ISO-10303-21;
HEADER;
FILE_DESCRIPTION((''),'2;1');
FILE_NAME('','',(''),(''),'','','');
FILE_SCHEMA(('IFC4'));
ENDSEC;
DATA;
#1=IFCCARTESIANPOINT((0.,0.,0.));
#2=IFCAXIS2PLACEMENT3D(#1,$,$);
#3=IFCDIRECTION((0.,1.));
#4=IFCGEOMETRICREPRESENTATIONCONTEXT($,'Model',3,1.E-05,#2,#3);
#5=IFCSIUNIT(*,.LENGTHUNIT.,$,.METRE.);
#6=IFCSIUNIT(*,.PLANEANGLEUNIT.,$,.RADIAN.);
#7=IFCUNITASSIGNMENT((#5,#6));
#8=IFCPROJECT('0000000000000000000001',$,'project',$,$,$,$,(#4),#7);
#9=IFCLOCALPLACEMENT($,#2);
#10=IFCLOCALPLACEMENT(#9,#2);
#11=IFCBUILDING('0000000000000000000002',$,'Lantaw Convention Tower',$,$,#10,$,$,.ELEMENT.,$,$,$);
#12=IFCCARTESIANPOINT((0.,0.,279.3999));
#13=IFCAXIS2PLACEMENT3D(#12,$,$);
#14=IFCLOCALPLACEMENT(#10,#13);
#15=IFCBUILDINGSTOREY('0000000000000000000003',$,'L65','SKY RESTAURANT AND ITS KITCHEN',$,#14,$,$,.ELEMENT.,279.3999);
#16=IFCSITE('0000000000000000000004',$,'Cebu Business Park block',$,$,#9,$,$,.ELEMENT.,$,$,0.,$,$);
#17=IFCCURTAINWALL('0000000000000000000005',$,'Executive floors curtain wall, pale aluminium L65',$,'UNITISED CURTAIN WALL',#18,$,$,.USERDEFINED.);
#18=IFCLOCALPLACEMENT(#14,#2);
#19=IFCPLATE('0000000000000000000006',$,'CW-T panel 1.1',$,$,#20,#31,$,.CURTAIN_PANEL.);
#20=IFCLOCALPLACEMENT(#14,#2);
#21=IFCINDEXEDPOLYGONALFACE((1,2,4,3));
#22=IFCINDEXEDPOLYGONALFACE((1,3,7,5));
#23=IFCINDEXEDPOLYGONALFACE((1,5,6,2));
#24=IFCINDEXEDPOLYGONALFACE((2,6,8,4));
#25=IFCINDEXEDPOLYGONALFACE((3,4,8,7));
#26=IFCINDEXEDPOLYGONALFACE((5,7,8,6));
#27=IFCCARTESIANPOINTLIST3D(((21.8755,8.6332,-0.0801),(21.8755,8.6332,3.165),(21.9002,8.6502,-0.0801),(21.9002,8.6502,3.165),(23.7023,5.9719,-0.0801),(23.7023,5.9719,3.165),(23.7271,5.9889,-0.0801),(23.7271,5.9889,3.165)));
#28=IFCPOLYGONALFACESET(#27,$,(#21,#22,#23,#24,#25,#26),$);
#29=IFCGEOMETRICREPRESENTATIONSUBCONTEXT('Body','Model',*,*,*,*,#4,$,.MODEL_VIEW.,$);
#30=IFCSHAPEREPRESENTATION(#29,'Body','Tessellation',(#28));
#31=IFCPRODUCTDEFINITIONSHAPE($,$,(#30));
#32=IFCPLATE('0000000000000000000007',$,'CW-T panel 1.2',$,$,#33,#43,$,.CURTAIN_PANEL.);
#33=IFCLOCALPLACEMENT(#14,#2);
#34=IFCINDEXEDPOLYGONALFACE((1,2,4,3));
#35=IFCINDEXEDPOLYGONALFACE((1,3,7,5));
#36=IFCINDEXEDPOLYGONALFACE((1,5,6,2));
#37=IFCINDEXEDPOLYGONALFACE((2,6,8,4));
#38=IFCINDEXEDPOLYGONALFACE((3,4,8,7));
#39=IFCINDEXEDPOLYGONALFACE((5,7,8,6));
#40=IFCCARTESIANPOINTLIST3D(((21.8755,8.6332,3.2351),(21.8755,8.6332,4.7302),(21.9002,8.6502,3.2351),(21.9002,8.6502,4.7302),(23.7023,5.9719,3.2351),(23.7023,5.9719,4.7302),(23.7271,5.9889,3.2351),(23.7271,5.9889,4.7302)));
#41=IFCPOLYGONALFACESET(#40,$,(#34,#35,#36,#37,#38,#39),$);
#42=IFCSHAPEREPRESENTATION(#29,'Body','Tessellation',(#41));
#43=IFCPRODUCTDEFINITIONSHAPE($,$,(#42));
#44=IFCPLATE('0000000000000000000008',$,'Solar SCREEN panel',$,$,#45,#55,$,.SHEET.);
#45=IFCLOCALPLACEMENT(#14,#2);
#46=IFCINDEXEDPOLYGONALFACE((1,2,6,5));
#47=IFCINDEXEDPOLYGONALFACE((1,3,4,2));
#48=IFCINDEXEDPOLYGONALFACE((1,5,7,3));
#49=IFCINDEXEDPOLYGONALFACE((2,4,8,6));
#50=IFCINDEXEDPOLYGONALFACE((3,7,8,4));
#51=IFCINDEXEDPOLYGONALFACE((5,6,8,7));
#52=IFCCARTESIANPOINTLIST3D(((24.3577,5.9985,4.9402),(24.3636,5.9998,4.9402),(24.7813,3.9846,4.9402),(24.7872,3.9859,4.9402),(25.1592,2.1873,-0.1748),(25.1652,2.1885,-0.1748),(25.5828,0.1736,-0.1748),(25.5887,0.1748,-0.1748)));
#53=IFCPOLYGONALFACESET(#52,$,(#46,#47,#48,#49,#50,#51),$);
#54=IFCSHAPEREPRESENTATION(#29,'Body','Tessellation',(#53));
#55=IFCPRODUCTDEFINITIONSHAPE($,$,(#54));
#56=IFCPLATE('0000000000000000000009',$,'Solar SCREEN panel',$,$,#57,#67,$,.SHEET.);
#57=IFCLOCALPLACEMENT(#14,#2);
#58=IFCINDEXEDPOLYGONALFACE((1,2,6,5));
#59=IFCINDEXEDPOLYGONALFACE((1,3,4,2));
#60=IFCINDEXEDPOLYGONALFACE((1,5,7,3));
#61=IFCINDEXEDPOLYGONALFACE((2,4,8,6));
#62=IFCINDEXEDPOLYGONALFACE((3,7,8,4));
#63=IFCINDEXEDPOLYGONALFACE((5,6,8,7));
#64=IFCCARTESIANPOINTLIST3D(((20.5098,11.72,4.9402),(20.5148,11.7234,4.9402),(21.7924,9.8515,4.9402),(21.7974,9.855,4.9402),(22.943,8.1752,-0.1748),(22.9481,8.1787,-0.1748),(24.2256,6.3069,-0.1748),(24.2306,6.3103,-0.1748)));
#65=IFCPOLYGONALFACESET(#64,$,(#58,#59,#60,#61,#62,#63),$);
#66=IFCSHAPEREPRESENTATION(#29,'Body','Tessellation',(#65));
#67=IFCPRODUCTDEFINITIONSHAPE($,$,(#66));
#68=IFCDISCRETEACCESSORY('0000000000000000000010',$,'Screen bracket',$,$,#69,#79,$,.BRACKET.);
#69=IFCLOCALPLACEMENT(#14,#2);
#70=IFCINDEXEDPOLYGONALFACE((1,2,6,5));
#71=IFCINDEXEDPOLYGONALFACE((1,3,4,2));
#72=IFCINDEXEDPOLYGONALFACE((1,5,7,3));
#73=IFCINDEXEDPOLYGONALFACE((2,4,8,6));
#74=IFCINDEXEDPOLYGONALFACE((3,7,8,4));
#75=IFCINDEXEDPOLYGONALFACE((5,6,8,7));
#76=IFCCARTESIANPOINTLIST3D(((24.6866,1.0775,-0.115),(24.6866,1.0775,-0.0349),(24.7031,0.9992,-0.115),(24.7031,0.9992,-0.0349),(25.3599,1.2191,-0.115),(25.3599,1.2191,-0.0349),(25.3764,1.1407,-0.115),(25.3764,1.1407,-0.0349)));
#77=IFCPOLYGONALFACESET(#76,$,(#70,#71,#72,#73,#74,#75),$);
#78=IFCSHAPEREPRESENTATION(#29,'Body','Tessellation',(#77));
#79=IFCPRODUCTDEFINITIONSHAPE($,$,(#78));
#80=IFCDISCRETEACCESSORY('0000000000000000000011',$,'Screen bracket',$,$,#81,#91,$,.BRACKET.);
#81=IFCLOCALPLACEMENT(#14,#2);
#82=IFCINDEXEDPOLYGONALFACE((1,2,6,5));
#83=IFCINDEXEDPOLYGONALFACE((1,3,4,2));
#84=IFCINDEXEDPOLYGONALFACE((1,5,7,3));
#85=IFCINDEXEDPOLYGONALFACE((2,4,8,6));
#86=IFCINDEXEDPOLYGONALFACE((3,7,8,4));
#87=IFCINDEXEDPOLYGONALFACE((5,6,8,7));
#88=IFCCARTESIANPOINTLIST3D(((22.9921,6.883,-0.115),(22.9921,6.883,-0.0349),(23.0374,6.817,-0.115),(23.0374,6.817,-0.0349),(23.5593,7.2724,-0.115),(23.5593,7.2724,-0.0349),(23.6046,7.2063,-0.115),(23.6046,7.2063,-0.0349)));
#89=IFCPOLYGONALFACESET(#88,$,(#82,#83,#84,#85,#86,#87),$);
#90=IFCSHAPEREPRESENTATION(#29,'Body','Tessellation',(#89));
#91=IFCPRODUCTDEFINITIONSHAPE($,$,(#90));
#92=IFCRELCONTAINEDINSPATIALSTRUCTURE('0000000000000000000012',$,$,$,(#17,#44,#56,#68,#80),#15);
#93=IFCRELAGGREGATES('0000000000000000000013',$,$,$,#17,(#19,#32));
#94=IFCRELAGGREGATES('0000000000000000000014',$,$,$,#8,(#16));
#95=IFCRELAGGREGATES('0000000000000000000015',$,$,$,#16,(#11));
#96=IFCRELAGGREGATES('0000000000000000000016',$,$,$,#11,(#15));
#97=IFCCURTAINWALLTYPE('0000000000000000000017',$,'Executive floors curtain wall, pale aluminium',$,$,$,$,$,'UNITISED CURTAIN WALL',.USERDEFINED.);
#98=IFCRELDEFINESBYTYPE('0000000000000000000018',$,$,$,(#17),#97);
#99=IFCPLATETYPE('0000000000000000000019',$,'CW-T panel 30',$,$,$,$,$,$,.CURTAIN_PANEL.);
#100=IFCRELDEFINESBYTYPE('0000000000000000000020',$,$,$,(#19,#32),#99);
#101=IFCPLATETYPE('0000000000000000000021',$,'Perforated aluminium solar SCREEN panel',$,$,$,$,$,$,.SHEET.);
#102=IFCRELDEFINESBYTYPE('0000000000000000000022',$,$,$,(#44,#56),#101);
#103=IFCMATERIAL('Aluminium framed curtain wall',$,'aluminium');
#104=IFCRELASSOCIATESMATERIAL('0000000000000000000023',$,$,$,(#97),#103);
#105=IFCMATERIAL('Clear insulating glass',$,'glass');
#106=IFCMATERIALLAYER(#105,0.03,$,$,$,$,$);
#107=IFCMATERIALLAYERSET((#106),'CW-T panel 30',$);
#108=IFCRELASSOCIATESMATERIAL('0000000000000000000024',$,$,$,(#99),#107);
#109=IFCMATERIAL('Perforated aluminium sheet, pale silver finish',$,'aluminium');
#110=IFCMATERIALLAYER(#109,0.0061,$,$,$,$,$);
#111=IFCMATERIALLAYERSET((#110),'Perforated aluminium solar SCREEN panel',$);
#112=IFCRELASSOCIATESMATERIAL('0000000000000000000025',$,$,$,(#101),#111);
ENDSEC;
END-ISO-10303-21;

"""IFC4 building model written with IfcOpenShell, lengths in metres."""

from ifc_helpers import new_model, si_unit, direction, frame, origin, origin_2d, place, context, subcontext, project, spatial, polyline, rectangle, outline, extrude, material, layer, layer_set, type_object, element, aggregate, save


model = new_model("IFC4")

# Units and contexts
model_context = context("Model", 3, precision=1e-05, world=origin(), true_north=direction((0.0, 1.0)))
body_context = subcontext(model_context, "Body", "Model", "MODEL_VIEW")
ifc_project = project(units=[si_unit("LENGTHUNIT", "METRE"), si_unit("PLANEANGLEUNIT", "RADIAN")], contexts=[model_context])

# Site, building, storey
site_placement = place(None, origin())
site = spatial("IfcSite", under=ifc_project, at=site_placement, Name="Cebu Business Park block", CompositionType="ELEMENT", RefElevation=0.0)
building_placement = place(site_placement, origin())
building = spatial("IfcBuilding", under=site, at=building_placement, Name="Lantaw Convention Tower", CompositionType="ELEMENT")
storey_placement = place(building_placement, frame((0.0, 0.0, 279.3999)))
storey = spatial("IfcBuildingStorey", under=building, at=storey_placement, Name="L65", Description="SKY RESTAURANT AND ITS KITCHEN", CompositionType="ELEMENT", Elevation=279.3999)

# Shared definitions
ifc_material_1 = material(Name="Aluminium framed curtain wall", Category="aluminium")
curtain_wall_type = type_object("IfcCurtainWallType", Name="Executive floors curtain wall, pale aluminium", ElementType="UNITISED CURTAIN WALL", PredefinedType="USERDEFINED", material=ifc_material_1)

# Curtain wall
curtain_wall_1_placement = place(storey_placement, origin())
curtain_wall_1 = element("IfcCurtainWall", 1, at=curtain_wall_1_placement, inside=storey, type_object=curtain_wall_type, Name="Executive floors curtain wall, pale aluminium L65", ObjectType="UNITISED CURTAIN WALL", PredefinedType="USERDEFINED")

# Plates
ifc_material_2 = material(Name="Clear insulating glass", Category="glass")
ifc_layer_1 = layer(ifc_material_2, 0.03)
ifc_layer_set_1 = layer_set([ifc_layer_1], Name="CW-T panel 30")
plate_type_1 = type_object("IfcPlateType", Name="CW-T panel 30", PredefinedType="CURTAIN_PANEL", material=ifc_layer_set_1)
plate_1_placement = place(storey_placement, frame((22.8013, 7.311, -0.0801), z_axis=(0.0, 0.0, 1.0), x_axis=(-0.565935, 0.82445, 0.0)))
plate_1 = element("IfcPlate", 2, at=plate_1_placement, type_object=plate_type_1, Name="CW-T panel 1.1", PredefinedType="CURTAIN_PANEL", context=body_context, shape_type="SweptSolid", body=[
    extrude(rectangle(XDim=3.228, YDim=0.03, at=origin_2d()), origin(), (0.0, 0.0, 1.0), 3.2451),
])
plate_2_placement = place(storey_placement, frame((22.8013, 7.311, 3.2351), z_axis=(0.0, 0.0, 1.0), x_axis=(-0.565935, 0.82445, 0.0)))
plate_2 = element("IfcPlate", 3, at=plate_2_placement, type_object=plate_type_1, Name="CW-T panel 1.2", PredefinedType="CURTAIN_PANEL", context=body_context, shape_type="SweptSolid", body=[
    extrude(rectangle(XDim=3.228, YDim=0.03, at=origin_2d()), origin(), (0.0, 0.0, 1.0), 1.4951),
])
aggregate(curtain_wall_1, [plate_1, plate_2])

# Plates
ifc_material_3 = material(Name="Perforated aluminium sheet, pale silver finish", Category="aluminium")
ifc_layer_2 = layer(ifc_material_3, 0.0061)
ifc_layer_set_2 = layer_set([ifc_layer_2], Name="Perforated aluminium solar SCREEN panel")
plate_type_2 = type_object("IfcPlateType", Name="Perforated aluminium solar SCREEN panel", PredefinedType="SHEET", material=ifc_layer_set_2)
plate_3_placement = place(storey_placement, frame((25.5828, 0.1736, -0.1748), z_axis=(-0.978586, -0.205837, 0.000025), x_axis=(-0.205837, 0.978586, 0.0)))
element("IfcPlate", 4, at=plate_3_placement, inside=storey, type_object=plate_type_2, Name="Solar SCREEN panel", PredefinedType="SHEET", context=body_context, shape_type="SweptSolid", body=[
    extrude(outline(polyline([(0.0, 0.0), (2.0577, 0.0), (5.9524, -5.115), (3.8944, -5.115), (0.0, 0.0)])), origin(), (0.0, 0.0, -1.0), 0.0061),
])
plate_4_placement = place(storey_placement, frame((24.2256, 6.3069, -0.1748), z_axis=(-0.824441, -0.565948, 0.00001), x_axis=(-0.565948, 0.824441, 0.0)))
element("IfcPlate", 5, at=plate_4_placement, inside=storey, type_object=plate_type_2, Name="Solar SCREEN panel", PredefinedType="SHEET", context=body_context, shape_type="SweptSolid", body=[
    extrude(outline(polyline([(0.0, 0.0), (2.2662, 0.0), (6.5657, -5.115), (4.2994, -5.115), (0.0, 0.0)])), origin(), (0.0, 0.0, -1.0), 0.0061),
])

# Discrete accessories
for number, where, z_axis, x_axis, name in (
    (6, (25.0315, 1.1091, -0.115), (0.0, 0.0, 1.0), (-0.205814, 0.978591, 0.0), "Screen bracket"),
    (7, (23.2983, 7.0447, -0.115), (0.0, 0.0, 1.0), (-0.565935, 0.82445, 0.0), "Screen bracket"),
):
    element("IfcDiscreteAccessory", number, at=place(storey_placement, frame(where, z_axis=z_axis, x_axis=x_axis)), inside=storey, Name=name, PredefinedType="BRACKET", context=body_context, shape_type="SweptSolid", body=[
        extrude(rectangle(XDim=0.0801, YDim=0.688, at=origin_2d()), origin(), (0.0, 0.0, 1.0), 0.0801),
    ])

save(model, "model.ifc")
